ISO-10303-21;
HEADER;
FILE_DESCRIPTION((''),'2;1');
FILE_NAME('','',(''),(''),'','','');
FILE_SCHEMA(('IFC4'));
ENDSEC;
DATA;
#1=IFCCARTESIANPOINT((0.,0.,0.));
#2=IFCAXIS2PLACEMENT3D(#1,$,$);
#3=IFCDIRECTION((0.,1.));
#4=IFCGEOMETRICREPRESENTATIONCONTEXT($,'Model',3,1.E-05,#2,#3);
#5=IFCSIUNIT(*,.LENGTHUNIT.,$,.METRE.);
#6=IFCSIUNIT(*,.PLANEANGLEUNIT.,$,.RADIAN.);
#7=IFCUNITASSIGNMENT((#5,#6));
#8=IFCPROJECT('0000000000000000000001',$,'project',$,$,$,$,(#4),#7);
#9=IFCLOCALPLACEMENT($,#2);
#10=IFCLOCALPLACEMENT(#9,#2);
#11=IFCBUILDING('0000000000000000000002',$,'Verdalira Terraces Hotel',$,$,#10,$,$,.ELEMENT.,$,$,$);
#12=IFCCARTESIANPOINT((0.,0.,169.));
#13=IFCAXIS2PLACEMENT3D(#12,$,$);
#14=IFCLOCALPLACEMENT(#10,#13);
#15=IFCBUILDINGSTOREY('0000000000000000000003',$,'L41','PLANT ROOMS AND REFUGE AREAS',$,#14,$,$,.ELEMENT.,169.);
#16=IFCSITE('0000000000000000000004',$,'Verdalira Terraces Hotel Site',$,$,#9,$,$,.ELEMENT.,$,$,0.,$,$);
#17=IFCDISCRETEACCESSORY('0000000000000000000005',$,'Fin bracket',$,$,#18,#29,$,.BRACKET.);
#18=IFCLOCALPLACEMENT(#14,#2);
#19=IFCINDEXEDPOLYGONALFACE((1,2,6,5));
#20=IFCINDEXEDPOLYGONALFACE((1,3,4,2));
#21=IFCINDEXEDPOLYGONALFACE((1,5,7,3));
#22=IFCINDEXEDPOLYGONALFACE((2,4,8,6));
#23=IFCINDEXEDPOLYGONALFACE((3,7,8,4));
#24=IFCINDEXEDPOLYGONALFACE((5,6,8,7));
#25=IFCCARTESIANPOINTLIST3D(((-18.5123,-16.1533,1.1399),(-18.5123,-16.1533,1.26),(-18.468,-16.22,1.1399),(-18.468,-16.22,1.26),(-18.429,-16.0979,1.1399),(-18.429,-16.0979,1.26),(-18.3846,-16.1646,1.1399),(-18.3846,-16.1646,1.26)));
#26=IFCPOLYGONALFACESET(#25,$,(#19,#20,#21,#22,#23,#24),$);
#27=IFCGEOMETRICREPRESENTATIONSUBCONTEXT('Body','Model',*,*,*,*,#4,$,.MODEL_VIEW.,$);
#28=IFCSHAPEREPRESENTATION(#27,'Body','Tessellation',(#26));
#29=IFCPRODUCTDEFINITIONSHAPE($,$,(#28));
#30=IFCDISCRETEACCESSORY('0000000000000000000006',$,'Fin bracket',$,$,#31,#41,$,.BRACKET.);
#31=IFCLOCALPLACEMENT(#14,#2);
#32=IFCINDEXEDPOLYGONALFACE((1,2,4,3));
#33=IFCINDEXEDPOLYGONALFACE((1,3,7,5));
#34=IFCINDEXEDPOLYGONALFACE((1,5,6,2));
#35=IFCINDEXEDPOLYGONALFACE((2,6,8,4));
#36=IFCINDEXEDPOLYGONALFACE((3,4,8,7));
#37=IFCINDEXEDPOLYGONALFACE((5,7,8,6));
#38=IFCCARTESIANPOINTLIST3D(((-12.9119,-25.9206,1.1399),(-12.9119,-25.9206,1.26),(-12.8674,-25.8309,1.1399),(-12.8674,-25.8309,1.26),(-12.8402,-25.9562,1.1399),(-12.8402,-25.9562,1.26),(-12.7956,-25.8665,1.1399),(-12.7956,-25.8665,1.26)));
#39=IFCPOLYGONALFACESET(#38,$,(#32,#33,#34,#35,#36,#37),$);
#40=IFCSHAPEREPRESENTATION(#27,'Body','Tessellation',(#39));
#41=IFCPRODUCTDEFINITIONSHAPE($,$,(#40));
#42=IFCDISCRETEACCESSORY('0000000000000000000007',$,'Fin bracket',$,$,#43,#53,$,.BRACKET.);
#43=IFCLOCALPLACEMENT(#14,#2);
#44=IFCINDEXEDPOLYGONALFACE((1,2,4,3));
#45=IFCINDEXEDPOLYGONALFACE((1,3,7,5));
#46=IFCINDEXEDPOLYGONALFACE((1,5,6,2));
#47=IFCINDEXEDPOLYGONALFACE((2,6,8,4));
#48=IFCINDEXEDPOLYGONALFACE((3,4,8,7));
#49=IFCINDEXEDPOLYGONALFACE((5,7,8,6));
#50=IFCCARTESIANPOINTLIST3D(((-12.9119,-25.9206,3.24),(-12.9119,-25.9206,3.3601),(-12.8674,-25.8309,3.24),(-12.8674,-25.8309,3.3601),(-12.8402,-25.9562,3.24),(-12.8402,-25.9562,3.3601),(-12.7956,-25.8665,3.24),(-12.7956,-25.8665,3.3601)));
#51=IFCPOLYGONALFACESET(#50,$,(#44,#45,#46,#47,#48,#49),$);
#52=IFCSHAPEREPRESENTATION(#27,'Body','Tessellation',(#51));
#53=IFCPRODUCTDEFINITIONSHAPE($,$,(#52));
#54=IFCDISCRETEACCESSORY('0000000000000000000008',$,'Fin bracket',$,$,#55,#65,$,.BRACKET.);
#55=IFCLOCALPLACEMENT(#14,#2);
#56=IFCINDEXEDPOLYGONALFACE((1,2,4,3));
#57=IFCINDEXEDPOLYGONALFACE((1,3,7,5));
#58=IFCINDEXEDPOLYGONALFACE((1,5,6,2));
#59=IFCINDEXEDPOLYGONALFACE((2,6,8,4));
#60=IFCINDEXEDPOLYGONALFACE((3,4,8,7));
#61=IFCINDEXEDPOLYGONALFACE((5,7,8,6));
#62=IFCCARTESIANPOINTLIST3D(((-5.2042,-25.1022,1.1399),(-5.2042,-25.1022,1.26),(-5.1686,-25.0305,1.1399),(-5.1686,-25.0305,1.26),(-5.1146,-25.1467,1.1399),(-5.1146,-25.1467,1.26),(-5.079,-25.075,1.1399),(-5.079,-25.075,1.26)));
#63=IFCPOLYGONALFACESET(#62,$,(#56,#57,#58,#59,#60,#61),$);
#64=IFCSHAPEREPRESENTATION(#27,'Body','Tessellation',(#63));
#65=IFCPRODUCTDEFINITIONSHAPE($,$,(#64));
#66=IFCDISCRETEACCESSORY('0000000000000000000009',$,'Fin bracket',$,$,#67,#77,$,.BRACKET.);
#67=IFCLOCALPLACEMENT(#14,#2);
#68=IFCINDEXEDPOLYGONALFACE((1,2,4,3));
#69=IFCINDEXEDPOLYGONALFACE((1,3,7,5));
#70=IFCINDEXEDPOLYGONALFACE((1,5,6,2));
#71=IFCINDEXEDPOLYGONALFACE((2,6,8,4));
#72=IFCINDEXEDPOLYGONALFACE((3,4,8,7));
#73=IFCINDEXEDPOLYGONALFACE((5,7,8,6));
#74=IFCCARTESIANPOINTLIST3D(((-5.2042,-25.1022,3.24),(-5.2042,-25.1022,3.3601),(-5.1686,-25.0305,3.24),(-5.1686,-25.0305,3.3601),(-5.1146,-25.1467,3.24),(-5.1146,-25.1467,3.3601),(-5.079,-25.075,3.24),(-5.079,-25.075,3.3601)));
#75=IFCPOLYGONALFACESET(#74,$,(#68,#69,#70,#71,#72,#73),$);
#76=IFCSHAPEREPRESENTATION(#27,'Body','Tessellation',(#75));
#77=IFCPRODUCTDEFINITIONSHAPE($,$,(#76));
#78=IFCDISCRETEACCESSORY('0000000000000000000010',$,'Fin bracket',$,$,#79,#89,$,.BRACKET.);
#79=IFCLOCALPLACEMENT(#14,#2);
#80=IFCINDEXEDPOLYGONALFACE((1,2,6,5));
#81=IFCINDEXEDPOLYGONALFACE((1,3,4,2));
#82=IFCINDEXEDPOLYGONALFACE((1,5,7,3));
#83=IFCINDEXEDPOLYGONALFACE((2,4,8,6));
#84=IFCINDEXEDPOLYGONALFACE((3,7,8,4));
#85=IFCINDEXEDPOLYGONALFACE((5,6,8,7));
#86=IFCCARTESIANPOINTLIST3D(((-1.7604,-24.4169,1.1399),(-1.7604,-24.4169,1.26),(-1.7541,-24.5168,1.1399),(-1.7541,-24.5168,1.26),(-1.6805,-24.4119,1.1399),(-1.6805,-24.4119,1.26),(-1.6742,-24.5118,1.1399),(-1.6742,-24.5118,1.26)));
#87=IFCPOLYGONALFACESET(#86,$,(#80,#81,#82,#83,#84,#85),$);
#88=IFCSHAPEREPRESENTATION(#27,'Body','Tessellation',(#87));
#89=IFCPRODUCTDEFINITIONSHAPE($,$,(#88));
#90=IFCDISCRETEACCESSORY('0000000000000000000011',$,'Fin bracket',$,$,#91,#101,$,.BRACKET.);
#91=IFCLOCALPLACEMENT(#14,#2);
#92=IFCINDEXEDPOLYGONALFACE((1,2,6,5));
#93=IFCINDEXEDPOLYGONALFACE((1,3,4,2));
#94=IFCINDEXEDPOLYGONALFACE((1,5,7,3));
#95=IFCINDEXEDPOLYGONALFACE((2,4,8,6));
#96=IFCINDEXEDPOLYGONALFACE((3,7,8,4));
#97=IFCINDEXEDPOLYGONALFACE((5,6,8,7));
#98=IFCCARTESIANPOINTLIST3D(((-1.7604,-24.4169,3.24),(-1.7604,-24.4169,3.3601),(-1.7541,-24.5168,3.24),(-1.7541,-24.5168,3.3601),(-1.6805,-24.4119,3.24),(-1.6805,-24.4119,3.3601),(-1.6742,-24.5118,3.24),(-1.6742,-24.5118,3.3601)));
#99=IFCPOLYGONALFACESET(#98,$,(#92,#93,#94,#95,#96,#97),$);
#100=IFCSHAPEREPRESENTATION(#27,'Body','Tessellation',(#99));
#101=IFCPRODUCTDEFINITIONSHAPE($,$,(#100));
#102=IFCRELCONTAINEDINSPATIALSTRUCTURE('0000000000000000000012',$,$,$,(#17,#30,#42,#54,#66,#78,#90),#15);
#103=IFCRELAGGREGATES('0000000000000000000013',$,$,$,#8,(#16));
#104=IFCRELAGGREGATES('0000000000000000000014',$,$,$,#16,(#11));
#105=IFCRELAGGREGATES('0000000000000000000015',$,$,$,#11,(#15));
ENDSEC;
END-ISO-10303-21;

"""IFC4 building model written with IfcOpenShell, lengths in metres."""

from ifc_helpers import new_model, si_unit, direction, frame, origin, origin_2d, place, context, subcontext, project, spatial, rectangle, extrude, element, save


model = new_model("IFC4")

# Units and contexts
model_context = context("Model", 3, precision=1e-05, world=origin(), true_north=direction((0.0, 1.0)))
body_context = subcontext(model_context, "Body", "Model", "MODEL_VIEW")
ifc_project = project(units=[si_unit("LENGTHUNIT", "METRE"), si_unit("PLANEANGLEUNIT", "RADIAN")], contexts=[model_context])

# Site, building, storey
site_placement = place(None, origin())
site = spatial("IfcSite", under=ifc_project, at=site_placement, Name="Verdalira Terraces Hotel Site", CompositionType="ELEMENT", RefElevation=0.0)
building_placement = place(site_placement, origin())
building = spatial("IfcBuilding", under=site, at=building_placement, Name="Verdalira Terraces Hotel", CompositionType="ELEMENT")
storey_placement = place(building_placement, frame((0.0, 0.0, 169.0)))
storey = spatial("IfcBuildingStorey", under=building, at=storey_placement, Name="L41", Description="PLANT ROOMS AND REFUGE AREAS", CompositionType="ELEMENT", Elevation=169.0)

# Discrete accessories
for number, where, z_axis, x_axis, name in (
    (1, (-18.4485, -16.1589, 1.1399), (0.0, 0.0, 1.0), (0.553392, -0.832921, 0.0), "Fin bracket"),
    (2, (-12.8538, -25.8936, 1.1399), (0.0, 0.0, 1.0), (0.895712, -0.444635, 0.0), "Fin bracket"),
    (3, (-12.8538, -25.8936, 3.24), (0.0, 0.0, 1.0), (0.895712, -0.444635, 0.0), "Fin bracket"),
    (4, (-5.1416, -25.0886, 1.1399), (0.0, 0.0, 1.0), (0.444635, 0.895712, 0.0), "Fin bracket"),
    (5, (-5.1416, -25.0886, 3.24), (0.0, 0.0, 1.0), (0.444635, 0.895712, 0.0), "Fin bracket"),
    (6, (-1.7173, -24.4644, 1.1399), (0.0, 0.0, 1.0), (0.998027, 0.062791, 0.0), "Fin bracket"),
    (7, (-1.7173, -24.4644, 3.24), (0.0, 0.0, 1.0), (0.998027, 0.062791, 0.0), "Fin bracket"),
):
    element("IfcDiscreteAccessory", number, at=place(storey_placement, frame(where, z_axis=z_axis, x_axis=x_axis)), inside=storey, Name=name, PredefinedType="BRACKET", context=body_context, shape_type="SweptSolid", body=[
        extrude(rectangle(XDim=0.0801, YDim=0.1001, at=origin_2d()), origin(), (0.0, 0.0, 1.0), 0.1201),
    ])

save(model, "model.ifc")
